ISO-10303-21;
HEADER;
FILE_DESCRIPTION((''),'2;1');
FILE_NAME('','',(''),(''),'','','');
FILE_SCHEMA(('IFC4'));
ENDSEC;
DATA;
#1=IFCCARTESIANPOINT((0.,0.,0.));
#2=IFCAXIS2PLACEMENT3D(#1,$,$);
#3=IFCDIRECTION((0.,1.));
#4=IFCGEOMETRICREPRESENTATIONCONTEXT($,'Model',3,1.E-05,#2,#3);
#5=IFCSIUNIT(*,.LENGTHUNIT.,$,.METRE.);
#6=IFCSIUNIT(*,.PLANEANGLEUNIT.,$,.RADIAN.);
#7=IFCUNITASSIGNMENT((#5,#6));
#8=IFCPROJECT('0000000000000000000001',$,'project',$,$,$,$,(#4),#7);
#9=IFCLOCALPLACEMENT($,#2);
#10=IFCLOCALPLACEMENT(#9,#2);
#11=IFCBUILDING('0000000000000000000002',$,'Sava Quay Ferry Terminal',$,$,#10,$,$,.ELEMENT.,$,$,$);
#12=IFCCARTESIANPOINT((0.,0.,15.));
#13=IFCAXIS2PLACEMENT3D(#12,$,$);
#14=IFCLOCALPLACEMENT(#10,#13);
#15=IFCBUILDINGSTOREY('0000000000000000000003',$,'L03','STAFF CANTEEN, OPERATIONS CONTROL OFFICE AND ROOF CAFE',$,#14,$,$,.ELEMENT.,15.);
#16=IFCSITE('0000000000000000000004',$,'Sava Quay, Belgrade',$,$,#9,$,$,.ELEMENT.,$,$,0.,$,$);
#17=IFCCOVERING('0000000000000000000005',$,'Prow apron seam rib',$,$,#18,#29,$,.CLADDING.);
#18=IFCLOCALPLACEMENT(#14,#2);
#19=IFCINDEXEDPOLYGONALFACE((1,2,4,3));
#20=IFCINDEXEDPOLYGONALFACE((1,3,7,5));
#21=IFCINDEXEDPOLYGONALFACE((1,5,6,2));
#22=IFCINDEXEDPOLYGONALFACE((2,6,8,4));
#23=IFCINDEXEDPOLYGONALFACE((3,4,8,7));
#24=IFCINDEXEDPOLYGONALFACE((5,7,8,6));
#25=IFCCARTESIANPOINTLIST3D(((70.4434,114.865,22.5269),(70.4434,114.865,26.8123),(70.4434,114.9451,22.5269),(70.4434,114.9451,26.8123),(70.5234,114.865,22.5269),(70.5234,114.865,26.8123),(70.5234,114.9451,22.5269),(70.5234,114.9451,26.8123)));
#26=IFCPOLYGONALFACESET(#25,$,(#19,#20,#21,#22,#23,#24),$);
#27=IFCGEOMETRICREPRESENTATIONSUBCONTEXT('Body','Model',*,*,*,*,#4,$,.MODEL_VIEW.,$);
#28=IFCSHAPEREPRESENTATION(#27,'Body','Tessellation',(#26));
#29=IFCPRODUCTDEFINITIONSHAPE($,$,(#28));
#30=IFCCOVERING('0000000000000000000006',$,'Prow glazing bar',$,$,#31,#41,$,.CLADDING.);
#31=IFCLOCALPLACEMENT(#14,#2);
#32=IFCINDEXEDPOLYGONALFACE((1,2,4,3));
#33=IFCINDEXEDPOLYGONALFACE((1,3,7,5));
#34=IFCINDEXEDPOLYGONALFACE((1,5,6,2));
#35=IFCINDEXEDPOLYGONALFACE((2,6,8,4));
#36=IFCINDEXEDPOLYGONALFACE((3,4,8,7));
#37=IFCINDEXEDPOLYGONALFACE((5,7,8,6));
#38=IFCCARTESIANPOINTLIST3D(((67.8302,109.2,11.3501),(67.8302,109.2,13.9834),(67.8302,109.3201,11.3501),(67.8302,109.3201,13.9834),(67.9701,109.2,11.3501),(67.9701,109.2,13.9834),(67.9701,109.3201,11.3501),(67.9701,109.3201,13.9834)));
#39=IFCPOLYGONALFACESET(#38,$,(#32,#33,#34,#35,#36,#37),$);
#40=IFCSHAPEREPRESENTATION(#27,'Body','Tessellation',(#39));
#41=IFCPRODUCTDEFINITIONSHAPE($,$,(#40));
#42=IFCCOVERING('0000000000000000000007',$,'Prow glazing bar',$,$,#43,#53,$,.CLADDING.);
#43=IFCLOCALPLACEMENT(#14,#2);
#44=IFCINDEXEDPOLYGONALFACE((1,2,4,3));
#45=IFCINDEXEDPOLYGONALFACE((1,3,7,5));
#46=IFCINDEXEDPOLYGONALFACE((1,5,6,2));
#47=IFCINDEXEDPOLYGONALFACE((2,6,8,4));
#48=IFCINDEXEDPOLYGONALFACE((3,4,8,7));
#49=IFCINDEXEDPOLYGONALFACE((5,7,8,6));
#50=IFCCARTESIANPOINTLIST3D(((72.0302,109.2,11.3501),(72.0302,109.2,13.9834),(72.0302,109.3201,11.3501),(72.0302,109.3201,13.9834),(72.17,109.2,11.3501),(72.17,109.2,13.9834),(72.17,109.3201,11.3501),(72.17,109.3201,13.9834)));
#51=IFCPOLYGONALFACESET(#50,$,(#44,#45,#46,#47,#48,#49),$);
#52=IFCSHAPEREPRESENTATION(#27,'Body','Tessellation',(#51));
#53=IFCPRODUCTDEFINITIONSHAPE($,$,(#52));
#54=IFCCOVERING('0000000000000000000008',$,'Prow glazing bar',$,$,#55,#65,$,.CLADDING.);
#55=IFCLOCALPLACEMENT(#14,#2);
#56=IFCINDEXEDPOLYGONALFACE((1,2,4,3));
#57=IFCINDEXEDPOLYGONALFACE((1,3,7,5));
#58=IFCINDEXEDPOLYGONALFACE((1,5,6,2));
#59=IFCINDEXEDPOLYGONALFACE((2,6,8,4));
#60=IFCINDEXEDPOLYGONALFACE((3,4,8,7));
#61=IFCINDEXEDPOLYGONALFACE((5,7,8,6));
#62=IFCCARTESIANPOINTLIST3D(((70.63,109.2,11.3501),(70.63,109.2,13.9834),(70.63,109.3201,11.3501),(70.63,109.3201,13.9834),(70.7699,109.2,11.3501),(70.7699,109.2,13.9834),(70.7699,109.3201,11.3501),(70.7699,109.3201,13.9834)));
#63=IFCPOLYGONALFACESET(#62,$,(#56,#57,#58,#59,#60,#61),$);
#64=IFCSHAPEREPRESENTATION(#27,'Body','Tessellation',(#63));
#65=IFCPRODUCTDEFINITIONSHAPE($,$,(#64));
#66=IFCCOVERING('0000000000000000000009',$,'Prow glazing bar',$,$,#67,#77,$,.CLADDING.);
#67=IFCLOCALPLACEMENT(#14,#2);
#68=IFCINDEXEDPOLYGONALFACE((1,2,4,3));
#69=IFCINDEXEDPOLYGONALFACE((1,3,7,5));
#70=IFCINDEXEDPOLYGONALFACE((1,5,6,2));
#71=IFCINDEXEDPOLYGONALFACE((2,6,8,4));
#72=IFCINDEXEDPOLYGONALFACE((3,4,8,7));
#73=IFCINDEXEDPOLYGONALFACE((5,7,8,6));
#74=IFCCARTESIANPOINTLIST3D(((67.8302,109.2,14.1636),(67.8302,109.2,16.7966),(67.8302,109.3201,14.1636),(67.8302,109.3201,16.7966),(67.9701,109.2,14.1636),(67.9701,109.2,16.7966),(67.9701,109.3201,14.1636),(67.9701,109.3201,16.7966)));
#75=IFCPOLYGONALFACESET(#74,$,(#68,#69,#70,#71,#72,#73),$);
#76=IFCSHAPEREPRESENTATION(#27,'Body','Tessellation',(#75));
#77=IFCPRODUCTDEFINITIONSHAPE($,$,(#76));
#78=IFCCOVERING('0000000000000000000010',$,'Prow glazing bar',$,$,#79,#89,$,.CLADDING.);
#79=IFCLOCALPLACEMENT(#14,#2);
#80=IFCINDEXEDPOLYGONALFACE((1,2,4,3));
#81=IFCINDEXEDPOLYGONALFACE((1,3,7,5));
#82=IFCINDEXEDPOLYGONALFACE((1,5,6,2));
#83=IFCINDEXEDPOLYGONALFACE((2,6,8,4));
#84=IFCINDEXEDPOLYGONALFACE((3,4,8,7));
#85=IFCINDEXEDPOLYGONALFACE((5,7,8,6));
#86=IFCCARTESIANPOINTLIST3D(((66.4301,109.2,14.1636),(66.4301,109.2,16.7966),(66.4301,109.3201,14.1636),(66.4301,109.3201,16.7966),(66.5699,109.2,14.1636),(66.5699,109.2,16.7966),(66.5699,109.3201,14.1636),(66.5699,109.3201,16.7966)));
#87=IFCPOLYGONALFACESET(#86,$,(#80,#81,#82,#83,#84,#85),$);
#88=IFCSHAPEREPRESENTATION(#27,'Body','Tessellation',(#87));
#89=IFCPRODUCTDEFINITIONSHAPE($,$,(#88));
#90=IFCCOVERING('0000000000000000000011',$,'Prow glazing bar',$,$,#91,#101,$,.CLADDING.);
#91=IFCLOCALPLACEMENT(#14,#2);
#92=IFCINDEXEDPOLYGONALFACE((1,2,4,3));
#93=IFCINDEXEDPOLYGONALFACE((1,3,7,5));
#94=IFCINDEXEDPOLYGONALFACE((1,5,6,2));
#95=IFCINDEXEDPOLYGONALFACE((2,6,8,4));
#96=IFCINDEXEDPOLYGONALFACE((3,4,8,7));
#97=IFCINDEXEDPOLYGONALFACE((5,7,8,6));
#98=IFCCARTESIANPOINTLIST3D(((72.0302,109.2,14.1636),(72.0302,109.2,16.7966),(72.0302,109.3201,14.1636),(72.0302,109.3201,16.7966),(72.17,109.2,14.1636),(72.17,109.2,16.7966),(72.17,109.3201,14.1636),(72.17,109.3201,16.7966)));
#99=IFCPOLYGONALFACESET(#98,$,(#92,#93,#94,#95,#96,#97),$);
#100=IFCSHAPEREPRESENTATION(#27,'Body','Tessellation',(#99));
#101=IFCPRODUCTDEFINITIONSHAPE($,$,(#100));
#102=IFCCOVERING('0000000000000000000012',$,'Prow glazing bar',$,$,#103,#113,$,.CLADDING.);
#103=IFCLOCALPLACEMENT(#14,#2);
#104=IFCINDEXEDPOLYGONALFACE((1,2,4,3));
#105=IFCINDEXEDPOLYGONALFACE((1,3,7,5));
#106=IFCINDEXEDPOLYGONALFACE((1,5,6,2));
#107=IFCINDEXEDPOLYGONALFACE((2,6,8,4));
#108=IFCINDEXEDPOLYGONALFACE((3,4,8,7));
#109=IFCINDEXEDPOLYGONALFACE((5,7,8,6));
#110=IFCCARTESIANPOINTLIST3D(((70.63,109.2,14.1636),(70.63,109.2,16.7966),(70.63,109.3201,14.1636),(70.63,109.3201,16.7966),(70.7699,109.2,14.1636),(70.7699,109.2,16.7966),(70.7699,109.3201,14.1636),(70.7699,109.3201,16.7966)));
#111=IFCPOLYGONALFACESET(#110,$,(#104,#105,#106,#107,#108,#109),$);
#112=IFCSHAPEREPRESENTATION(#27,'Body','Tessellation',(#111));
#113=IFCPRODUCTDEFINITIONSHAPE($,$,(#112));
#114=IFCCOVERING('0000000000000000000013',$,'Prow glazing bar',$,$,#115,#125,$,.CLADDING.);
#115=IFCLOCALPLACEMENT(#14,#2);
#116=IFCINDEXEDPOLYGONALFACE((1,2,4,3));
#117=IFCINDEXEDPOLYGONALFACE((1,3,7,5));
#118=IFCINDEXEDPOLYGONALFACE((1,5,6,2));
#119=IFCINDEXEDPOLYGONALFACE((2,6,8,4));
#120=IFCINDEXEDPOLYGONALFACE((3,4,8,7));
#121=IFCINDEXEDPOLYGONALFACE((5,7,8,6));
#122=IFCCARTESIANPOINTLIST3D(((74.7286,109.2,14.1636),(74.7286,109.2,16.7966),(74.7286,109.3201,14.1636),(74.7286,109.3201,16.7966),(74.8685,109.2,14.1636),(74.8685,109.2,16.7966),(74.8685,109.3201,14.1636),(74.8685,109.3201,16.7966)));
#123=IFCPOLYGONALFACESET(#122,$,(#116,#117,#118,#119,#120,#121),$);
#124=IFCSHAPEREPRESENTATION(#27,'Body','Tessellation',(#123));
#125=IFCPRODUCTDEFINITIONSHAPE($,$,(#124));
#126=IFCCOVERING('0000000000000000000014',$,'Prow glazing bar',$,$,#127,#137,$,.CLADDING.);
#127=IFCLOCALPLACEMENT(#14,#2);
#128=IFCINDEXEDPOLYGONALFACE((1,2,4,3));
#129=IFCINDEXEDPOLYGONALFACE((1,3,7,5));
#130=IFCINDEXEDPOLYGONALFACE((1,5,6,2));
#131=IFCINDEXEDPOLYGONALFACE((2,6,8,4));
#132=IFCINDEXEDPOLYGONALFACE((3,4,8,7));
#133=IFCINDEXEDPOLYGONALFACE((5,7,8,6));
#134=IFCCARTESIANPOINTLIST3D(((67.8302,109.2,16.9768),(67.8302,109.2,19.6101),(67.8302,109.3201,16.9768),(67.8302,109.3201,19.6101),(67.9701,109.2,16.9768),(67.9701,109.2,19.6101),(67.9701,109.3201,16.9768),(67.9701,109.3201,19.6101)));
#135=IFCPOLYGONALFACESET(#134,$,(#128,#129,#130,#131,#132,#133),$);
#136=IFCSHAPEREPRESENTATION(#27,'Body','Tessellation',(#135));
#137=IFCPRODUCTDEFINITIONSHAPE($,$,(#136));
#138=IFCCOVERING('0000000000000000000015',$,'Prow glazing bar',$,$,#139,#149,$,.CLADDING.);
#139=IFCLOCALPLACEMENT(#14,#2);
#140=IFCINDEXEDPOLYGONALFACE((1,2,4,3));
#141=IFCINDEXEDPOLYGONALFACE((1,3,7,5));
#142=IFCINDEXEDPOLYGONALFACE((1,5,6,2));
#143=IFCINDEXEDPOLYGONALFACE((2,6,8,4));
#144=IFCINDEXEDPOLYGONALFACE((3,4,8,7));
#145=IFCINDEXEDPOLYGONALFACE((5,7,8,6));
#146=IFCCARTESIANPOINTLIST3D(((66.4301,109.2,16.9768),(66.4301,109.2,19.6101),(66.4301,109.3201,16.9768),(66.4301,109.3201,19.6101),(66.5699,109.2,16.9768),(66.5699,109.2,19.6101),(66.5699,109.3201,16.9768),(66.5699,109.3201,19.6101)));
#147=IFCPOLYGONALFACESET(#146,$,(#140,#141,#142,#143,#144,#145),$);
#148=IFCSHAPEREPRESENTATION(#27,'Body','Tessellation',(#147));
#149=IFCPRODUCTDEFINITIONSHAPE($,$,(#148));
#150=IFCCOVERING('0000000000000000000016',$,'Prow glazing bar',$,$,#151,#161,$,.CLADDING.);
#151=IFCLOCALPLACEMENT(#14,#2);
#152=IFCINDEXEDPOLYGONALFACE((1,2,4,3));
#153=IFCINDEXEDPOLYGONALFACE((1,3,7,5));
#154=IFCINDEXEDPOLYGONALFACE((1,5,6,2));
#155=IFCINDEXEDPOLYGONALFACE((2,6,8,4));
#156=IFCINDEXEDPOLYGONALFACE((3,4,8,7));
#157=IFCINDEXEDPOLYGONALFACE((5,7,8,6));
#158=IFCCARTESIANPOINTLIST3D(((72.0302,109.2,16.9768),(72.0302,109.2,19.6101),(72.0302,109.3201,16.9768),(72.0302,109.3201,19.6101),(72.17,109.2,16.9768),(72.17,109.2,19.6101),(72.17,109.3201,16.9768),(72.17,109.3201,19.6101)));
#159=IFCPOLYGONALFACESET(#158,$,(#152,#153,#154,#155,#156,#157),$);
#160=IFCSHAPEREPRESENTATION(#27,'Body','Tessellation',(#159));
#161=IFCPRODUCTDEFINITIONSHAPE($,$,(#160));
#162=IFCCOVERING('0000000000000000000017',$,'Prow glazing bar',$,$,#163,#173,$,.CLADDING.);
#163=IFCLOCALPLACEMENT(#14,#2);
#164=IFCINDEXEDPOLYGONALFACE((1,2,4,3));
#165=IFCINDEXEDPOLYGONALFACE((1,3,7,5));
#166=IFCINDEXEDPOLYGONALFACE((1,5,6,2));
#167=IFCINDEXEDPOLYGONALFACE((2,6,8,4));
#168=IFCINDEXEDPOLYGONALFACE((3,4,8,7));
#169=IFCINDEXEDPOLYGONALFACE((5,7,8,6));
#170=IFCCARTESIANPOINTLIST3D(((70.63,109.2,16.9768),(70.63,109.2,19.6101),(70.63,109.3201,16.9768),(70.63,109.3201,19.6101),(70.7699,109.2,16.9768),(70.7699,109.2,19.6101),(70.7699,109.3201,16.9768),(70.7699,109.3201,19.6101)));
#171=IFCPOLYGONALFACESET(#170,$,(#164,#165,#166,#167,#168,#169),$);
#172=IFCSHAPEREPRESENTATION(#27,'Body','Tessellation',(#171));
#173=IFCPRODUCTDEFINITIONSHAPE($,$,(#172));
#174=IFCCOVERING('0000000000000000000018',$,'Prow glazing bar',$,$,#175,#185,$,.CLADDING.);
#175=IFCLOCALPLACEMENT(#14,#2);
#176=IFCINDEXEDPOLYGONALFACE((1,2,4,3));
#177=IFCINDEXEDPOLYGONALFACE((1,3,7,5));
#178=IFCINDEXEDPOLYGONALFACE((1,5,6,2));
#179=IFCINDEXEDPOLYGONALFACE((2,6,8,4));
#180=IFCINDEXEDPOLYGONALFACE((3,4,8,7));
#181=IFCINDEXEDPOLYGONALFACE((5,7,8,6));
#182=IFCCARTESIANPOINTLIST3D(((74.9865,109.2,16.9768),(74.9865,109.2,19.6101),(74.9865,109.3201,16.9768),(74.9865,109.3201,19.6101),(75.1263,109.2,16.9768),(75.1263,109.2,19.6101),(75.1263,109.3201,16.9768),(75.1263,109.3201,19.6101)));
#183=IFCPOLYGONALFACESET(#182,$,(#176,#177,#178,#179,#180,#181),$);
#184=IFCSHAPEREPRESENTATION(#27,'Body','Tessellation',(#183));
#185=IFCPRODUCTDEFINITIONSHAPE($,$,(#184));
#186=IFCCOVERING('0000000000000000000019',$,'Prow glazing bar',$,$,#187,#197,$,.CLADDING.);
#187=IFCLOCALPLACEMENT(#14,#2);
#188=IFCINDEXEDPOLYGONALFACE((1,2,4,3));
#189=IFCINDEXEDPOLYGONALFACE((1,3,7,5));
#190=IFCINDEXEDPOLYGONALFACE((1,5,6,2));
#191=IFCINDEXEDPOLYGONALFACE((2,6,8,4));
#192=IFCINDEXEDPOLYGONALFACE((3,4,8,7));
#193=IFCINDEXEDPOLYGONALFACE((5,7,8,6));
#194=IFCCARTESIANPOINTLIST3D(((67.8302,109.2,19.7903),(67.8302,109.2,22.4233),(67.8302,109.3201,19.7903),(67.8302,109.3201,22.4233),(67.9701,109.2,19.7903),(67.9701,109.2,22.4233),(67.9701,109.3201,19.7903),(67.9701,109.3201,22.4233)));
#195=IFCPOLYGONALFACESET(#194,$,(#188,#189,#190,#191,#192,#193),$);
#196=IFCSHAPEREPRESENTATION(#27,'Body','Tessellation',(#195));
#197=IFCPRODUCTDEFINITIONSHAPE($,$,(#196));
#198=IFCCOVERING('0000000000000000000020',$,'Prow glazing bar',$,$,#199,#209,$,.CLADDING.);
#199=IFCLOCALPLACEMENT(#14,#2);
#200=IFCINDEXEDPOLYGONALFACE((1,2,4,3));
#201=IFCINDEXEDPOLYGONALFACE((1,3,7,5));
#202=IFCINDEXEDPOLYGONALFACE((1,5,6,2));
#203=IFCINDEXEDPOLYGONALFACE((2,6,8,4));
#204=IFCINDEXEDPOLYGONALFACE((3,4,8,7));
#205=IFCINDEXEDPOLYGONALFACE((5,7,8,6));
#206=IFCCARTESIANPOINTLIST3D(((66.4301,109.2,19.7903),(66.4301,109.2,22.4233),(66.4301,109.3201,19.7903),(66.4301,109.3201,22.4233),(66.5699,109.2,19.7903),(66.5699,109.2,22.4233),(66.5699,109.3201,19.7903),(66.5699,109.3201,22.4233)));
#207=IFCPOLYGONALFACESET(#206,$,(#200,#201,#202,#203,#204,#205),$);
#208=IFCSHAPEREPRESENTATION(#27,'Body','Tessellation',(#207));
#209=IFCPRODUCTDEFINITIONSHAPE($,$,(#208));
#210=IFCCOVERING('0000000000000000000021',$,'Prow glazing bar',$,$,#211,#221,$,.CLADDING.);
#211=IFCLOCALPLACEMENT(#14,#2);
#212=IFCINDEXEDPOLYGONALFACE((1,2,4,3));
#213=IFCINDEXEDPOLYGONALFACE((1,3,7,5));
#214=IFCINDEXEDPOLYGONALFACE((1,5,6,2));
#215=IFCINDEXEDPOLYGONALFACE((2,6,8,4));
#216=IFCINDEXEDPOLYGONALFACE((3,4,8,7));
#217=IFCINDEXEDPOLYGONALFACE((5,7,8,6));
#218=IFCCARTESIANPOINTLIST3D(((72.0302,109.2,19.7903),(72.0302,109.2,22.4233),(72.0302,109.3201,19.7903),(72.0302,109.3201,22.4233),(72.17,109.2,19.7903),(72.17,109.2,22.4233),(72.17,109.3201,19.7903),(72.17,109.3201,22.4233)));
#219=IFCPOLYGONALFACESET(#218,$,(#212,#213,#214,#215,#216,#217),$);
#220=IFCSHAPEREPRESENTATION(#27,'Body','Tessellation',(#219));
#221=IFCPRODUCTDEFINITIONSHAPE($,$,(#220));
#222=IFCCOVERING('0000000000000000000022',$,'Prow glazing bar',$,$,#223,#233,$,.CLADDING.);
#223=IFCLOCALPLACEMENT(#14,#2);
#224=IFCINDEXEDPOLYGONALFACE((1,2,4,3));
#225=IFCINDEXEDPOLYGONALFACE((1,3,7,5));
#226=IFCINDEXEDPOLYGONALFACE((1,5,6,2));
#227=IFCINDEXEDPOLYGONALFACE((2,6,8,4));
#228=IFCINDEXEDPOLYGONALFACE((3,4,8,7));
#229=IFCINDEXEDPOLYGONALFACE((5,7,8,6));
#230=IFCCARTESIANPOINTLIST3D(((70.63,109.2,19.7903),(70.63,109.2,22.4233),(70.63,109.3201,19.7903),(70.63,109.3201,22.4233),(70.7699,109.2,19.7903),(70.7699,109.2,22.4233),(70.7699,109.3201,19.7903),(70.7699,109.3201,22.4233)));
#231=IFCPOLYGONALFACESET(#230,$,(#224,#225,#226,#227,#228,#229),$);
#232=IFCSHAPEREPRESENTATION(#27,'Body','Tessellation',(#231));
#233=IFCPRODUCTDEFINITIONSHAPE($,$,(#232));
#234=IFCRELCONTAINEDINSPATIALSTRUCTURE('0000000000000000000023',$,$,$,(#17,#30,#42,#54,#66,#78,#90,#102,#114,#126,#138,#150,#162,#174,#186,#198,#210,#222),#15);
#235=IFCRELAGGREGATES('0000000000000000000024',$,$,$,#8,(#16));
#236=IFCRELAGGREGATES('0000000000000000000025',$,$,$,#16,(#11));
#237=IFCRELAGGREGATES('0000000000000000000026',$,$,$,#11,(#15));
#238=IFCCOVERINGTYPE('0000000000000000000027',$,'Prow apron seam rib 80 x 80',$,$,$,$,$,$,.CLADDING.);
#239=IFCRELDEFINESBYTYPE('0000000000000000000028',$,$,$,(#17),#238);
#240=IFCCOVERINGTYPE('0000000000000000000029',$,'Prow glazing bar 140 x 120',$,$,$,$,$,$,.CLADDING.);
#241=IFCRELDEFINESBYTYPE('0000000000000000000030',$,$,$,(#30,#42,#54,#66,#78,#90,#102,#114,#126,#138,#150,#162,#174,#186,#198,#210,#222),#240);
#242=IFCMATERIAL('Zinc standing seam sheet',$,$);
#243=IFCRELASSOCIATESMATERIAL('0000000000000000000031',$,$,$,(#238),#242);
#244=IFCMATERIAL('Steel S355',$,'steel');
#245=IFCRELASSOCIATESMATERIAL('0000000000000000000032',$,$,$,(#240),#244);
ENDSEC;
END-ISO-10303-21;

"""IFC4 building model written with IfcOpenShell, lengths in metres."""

from ifc_helpers import new_model, si_unit, direction, frame, origin, origin_2d, place, context, subcontext, project, spatial, rectangle, extrude, material, material_profile, profile_set, type_object, element, save


model = new_model("IFC4")

# Units and contexts
model_context = context("Model", 3, precision=1e-05, world=origin(), true_north=direction((0.0, 1.0)))
body_context = subcontext(model_context, "Body", "Model", "MODEL_VIEW")
ifc_project = project(units=[si_unit("LENGTHUNIT", "METRE"), si_unit("PLANEANGLEUNIT", "RADIAN")], contexts=[model_context])

# Site, building, storey
site_placement = place(None, origin())
site = spatial("IfcSite", under=ifc_project, at=site_placement, Name="Sava Quay, Belgrade", CompositionType="ELEMENT", RefElevation=0.0)
building_placement = place(site_placement, origin())
building = spatial("IfcBuilding", under=site, at=building_placement, Name="Sava Quay Ferry Terminal", CompositionType="ELEMENT")
storey_placement = place(building_placement, frame((0.0, 0.0, 15.0)))
storey = spatial("IfcBuildingStorey", under=building, at=storey_placement, Name="L03", Description="STAFF CANTEEN, OPERATIONS CONTROL OFFICE AND ROOF CAFE", CompositionType="ELEMENT", Elevation=15.0)

# Coverings
ifc_material_1 = material(Name="Zinc standing seam sheet")
ifc_material_profile_1 = material_profile(ifc_material_1, rectangle(XDim=0.0801, YDim=0.0801, at=origin_2d()), Name="Strip 80 x 80")
ifc_profile_set_1 = profile_set([ifc_material_profile_1], Name="Zinc standing seam sheet")
covering_type_1 = type_object("IfcCoveringType", Name="Prow apron seam rib 80 x 80", PredefinedType="CLADDING", material=ifc_profile_set_1)
for number, where, z_axis, x_axis, name in (
    (1, (70.4834, 114.905, 22.5269), (0.0, 0.0, 1.0), (1.0, 0.0, 0.0), "Prow apron seam rib"),
):
    element("IfcCovering", number, at=place(storey_placement, frame(where, z_axis=z_axis, x_axis=x_axis)), inside=storey, type_object=covering_type_1, Name=name, PredefinedType="CLADDING", context=body_context, shape_type="SweptSolid", body=[
        extrude(rectangle(XDim=0.0801, YDim=0.0801, at=origin_2d()), origin(), (0.0, 0.0, 1.0), 4.2854),
    ])
ifc_material_2 = material(Name="Steel S355", Category="steel")
ifc_material_profile_2 = material_profile(ifc_material_2, rectangle(XDim=0.1399, YDim=0.1201, at=origin_2d()), Name="Strip 140 x 120")
ifc_profile_set_2 = profile_set([ifc_material_profile_2], Name="Steel S355")
covering_type_2 = type_object("IfcCoveringType", Name="Prow glazing bar 140 x 120", PredefinedType="CLADDING", material=ifc_profile_set_2)
for number, where, z_axis, x_axis, name in (
    (2, (67.9001, 109.26, 11.3501), (0.0, 0.0, 1.0), (1.0, 0.0, 0.0), "Prow glazing bar"),
    (3, (72.1001, 109.26, 11.3501), (0.0, 0.0, 1.0), (1.0, 0.0, 0.0), "Prow glazing bar"),
    (4, (70.7, 109.26, 11.3501), (0.0, 0.0, 1.0), (1.0, 0.0, 0.0), "Prow glazing bar"),
):
    element("IfcCovering", number, at=place(storey_placement, frame(where, z_axis=z_axis, x_axis=x_axis)), inside=storey, type_object=covering_type_2, Name=name, PredefinedType="CLADDING", context=body_context, shape_type="SweptSolid", body=[
        extrude(rectangle(XDim=0.1399, YDim=0.1201, at=origin_2d()), origin(), (0.0, 0.0, 1.0), 2.6333),
    ])
for number, where, z_axis, x_axis, name in (
    (5, (67.9001, 109.26, 14.1636), (0.0, 0.0, 1.0), (1.0, 0.0, 0.0), "Prow glazing bar"),
    (6, (66.5, 109.26, 14.1636), (0.0, 0.0, 1.0), (1.0, 0.0, 0.0), "Prow glazing bar"),
    (7, (72.1001, 109.26, 14.1636), (0.0, 0.0, 1.0), (1.0, 0.0, 0.0), "Prow glazing bar"),
    (8, (70.7, 109.26, 14.1636), (0.0, 0.0, 1.0), (1.0, 0.0, 0.0), "Prow glazing bar"),
    (9, (74.7986, 109.26, 14.1636), (0.0, 0.0, 1.0), (1.0, 0.0, 0.0), "Prow glazing bar"),
):
    element("IfcCovering", number, at=place(storey_placement, frame(where, z_axis=z_axis, x_axis=x_axis)), inside=storey, type_object=covering_type_2, Name=name, PredefinedType="CLADDING", context=body_context, shape_type="SweptSolid", body=[
        extrude(rectangle(XDim=0.1399, YDim=0.1201, at=origin_2d()), origin(), (0.0, 0.0, 1.0), 2.6331),
    ])
for number, where, z_axis, x_axis, name in (
    (10, (67.9001, 109.26, 16.9768), (0.0, 0.0, 1.0), (1.0, 0.0, 0.0), "Prow glazing bar"),
    (11, (66.5, 109.26, 16.9768), (0.0, 0.0, 1.0), (1.0, 0.0, 0.0), "Prow glazing bar"),
    (12, (72.1001, 109.26, 16.9768), (0.0, 0.0, 1.0), (1.0, 0.0, 0.0), "Prow glazing bar"),
    (13, (70.7, 109.26, 16.9768), (0.0, 0.0, 1.0), (1.0, 0.0, 0.0), "Prow glazing bar"),
    (14, (75.0564, 109.26, 16.9768), (0.0, 0.0, 1.0), (1.0, 0.0, 0.0), "Prow glazing bar"),
):
    element("IfcCovering", number, at=place(storey_placement, frame(where, z_axis=z_axis, x_axis=x_axis)), inside=storey, type_object=covering_type_2, Name=name, PredefinedType="CLADDING", context=body_context, shape_type="SweptSolid", body=[
        extrude(rectangle(XDim=0.1399, YDim=0.1201, at=origin_2d()), origin(), (0.0, 0.0, 1.0), 2.6333),
    ])
for number, where, z_axis, x_axis, name in (
    (15, (67.9001, 109.26, 19.7903), (0.0, 0.0, 1.0), (1.0, 0.0, 0.0), "Prow glazing bar"),
    (16, (66.5, 109.26, 19.7903), (0.0, 0.0, 1.0), (1.0, 0.0, 0.0), "Prow glazing bar"),
    (17, (72.1001, 109.26, 19.7903), (0.0, 0.0, 1.0), (1.0, 0.0, 0.0), "Prow glazing bar"),
    (18, (70.7, 109.26, 19.7903), (0.0, 0.0, 1.0), (1.0, 0.0, 0.0), "Prow glazing bar"),
):
    element("IfcCovering", number, at=place(storey_placement, frame(where, z_axis=z_axis, x_axis=x_axis)), inside=storey, type_object=covering_type_2, Name=name, PredefinedType="CLADDING", context=body_context, shape_type="SweptSolid", body=[
        extrude(rectangle(XDim=0.1399, YDim=0.1201, at=origin_2d()), origin(), (0.0, 0.0, 1.0), 2.6331),
    ])

save(model, "model.ifc")
